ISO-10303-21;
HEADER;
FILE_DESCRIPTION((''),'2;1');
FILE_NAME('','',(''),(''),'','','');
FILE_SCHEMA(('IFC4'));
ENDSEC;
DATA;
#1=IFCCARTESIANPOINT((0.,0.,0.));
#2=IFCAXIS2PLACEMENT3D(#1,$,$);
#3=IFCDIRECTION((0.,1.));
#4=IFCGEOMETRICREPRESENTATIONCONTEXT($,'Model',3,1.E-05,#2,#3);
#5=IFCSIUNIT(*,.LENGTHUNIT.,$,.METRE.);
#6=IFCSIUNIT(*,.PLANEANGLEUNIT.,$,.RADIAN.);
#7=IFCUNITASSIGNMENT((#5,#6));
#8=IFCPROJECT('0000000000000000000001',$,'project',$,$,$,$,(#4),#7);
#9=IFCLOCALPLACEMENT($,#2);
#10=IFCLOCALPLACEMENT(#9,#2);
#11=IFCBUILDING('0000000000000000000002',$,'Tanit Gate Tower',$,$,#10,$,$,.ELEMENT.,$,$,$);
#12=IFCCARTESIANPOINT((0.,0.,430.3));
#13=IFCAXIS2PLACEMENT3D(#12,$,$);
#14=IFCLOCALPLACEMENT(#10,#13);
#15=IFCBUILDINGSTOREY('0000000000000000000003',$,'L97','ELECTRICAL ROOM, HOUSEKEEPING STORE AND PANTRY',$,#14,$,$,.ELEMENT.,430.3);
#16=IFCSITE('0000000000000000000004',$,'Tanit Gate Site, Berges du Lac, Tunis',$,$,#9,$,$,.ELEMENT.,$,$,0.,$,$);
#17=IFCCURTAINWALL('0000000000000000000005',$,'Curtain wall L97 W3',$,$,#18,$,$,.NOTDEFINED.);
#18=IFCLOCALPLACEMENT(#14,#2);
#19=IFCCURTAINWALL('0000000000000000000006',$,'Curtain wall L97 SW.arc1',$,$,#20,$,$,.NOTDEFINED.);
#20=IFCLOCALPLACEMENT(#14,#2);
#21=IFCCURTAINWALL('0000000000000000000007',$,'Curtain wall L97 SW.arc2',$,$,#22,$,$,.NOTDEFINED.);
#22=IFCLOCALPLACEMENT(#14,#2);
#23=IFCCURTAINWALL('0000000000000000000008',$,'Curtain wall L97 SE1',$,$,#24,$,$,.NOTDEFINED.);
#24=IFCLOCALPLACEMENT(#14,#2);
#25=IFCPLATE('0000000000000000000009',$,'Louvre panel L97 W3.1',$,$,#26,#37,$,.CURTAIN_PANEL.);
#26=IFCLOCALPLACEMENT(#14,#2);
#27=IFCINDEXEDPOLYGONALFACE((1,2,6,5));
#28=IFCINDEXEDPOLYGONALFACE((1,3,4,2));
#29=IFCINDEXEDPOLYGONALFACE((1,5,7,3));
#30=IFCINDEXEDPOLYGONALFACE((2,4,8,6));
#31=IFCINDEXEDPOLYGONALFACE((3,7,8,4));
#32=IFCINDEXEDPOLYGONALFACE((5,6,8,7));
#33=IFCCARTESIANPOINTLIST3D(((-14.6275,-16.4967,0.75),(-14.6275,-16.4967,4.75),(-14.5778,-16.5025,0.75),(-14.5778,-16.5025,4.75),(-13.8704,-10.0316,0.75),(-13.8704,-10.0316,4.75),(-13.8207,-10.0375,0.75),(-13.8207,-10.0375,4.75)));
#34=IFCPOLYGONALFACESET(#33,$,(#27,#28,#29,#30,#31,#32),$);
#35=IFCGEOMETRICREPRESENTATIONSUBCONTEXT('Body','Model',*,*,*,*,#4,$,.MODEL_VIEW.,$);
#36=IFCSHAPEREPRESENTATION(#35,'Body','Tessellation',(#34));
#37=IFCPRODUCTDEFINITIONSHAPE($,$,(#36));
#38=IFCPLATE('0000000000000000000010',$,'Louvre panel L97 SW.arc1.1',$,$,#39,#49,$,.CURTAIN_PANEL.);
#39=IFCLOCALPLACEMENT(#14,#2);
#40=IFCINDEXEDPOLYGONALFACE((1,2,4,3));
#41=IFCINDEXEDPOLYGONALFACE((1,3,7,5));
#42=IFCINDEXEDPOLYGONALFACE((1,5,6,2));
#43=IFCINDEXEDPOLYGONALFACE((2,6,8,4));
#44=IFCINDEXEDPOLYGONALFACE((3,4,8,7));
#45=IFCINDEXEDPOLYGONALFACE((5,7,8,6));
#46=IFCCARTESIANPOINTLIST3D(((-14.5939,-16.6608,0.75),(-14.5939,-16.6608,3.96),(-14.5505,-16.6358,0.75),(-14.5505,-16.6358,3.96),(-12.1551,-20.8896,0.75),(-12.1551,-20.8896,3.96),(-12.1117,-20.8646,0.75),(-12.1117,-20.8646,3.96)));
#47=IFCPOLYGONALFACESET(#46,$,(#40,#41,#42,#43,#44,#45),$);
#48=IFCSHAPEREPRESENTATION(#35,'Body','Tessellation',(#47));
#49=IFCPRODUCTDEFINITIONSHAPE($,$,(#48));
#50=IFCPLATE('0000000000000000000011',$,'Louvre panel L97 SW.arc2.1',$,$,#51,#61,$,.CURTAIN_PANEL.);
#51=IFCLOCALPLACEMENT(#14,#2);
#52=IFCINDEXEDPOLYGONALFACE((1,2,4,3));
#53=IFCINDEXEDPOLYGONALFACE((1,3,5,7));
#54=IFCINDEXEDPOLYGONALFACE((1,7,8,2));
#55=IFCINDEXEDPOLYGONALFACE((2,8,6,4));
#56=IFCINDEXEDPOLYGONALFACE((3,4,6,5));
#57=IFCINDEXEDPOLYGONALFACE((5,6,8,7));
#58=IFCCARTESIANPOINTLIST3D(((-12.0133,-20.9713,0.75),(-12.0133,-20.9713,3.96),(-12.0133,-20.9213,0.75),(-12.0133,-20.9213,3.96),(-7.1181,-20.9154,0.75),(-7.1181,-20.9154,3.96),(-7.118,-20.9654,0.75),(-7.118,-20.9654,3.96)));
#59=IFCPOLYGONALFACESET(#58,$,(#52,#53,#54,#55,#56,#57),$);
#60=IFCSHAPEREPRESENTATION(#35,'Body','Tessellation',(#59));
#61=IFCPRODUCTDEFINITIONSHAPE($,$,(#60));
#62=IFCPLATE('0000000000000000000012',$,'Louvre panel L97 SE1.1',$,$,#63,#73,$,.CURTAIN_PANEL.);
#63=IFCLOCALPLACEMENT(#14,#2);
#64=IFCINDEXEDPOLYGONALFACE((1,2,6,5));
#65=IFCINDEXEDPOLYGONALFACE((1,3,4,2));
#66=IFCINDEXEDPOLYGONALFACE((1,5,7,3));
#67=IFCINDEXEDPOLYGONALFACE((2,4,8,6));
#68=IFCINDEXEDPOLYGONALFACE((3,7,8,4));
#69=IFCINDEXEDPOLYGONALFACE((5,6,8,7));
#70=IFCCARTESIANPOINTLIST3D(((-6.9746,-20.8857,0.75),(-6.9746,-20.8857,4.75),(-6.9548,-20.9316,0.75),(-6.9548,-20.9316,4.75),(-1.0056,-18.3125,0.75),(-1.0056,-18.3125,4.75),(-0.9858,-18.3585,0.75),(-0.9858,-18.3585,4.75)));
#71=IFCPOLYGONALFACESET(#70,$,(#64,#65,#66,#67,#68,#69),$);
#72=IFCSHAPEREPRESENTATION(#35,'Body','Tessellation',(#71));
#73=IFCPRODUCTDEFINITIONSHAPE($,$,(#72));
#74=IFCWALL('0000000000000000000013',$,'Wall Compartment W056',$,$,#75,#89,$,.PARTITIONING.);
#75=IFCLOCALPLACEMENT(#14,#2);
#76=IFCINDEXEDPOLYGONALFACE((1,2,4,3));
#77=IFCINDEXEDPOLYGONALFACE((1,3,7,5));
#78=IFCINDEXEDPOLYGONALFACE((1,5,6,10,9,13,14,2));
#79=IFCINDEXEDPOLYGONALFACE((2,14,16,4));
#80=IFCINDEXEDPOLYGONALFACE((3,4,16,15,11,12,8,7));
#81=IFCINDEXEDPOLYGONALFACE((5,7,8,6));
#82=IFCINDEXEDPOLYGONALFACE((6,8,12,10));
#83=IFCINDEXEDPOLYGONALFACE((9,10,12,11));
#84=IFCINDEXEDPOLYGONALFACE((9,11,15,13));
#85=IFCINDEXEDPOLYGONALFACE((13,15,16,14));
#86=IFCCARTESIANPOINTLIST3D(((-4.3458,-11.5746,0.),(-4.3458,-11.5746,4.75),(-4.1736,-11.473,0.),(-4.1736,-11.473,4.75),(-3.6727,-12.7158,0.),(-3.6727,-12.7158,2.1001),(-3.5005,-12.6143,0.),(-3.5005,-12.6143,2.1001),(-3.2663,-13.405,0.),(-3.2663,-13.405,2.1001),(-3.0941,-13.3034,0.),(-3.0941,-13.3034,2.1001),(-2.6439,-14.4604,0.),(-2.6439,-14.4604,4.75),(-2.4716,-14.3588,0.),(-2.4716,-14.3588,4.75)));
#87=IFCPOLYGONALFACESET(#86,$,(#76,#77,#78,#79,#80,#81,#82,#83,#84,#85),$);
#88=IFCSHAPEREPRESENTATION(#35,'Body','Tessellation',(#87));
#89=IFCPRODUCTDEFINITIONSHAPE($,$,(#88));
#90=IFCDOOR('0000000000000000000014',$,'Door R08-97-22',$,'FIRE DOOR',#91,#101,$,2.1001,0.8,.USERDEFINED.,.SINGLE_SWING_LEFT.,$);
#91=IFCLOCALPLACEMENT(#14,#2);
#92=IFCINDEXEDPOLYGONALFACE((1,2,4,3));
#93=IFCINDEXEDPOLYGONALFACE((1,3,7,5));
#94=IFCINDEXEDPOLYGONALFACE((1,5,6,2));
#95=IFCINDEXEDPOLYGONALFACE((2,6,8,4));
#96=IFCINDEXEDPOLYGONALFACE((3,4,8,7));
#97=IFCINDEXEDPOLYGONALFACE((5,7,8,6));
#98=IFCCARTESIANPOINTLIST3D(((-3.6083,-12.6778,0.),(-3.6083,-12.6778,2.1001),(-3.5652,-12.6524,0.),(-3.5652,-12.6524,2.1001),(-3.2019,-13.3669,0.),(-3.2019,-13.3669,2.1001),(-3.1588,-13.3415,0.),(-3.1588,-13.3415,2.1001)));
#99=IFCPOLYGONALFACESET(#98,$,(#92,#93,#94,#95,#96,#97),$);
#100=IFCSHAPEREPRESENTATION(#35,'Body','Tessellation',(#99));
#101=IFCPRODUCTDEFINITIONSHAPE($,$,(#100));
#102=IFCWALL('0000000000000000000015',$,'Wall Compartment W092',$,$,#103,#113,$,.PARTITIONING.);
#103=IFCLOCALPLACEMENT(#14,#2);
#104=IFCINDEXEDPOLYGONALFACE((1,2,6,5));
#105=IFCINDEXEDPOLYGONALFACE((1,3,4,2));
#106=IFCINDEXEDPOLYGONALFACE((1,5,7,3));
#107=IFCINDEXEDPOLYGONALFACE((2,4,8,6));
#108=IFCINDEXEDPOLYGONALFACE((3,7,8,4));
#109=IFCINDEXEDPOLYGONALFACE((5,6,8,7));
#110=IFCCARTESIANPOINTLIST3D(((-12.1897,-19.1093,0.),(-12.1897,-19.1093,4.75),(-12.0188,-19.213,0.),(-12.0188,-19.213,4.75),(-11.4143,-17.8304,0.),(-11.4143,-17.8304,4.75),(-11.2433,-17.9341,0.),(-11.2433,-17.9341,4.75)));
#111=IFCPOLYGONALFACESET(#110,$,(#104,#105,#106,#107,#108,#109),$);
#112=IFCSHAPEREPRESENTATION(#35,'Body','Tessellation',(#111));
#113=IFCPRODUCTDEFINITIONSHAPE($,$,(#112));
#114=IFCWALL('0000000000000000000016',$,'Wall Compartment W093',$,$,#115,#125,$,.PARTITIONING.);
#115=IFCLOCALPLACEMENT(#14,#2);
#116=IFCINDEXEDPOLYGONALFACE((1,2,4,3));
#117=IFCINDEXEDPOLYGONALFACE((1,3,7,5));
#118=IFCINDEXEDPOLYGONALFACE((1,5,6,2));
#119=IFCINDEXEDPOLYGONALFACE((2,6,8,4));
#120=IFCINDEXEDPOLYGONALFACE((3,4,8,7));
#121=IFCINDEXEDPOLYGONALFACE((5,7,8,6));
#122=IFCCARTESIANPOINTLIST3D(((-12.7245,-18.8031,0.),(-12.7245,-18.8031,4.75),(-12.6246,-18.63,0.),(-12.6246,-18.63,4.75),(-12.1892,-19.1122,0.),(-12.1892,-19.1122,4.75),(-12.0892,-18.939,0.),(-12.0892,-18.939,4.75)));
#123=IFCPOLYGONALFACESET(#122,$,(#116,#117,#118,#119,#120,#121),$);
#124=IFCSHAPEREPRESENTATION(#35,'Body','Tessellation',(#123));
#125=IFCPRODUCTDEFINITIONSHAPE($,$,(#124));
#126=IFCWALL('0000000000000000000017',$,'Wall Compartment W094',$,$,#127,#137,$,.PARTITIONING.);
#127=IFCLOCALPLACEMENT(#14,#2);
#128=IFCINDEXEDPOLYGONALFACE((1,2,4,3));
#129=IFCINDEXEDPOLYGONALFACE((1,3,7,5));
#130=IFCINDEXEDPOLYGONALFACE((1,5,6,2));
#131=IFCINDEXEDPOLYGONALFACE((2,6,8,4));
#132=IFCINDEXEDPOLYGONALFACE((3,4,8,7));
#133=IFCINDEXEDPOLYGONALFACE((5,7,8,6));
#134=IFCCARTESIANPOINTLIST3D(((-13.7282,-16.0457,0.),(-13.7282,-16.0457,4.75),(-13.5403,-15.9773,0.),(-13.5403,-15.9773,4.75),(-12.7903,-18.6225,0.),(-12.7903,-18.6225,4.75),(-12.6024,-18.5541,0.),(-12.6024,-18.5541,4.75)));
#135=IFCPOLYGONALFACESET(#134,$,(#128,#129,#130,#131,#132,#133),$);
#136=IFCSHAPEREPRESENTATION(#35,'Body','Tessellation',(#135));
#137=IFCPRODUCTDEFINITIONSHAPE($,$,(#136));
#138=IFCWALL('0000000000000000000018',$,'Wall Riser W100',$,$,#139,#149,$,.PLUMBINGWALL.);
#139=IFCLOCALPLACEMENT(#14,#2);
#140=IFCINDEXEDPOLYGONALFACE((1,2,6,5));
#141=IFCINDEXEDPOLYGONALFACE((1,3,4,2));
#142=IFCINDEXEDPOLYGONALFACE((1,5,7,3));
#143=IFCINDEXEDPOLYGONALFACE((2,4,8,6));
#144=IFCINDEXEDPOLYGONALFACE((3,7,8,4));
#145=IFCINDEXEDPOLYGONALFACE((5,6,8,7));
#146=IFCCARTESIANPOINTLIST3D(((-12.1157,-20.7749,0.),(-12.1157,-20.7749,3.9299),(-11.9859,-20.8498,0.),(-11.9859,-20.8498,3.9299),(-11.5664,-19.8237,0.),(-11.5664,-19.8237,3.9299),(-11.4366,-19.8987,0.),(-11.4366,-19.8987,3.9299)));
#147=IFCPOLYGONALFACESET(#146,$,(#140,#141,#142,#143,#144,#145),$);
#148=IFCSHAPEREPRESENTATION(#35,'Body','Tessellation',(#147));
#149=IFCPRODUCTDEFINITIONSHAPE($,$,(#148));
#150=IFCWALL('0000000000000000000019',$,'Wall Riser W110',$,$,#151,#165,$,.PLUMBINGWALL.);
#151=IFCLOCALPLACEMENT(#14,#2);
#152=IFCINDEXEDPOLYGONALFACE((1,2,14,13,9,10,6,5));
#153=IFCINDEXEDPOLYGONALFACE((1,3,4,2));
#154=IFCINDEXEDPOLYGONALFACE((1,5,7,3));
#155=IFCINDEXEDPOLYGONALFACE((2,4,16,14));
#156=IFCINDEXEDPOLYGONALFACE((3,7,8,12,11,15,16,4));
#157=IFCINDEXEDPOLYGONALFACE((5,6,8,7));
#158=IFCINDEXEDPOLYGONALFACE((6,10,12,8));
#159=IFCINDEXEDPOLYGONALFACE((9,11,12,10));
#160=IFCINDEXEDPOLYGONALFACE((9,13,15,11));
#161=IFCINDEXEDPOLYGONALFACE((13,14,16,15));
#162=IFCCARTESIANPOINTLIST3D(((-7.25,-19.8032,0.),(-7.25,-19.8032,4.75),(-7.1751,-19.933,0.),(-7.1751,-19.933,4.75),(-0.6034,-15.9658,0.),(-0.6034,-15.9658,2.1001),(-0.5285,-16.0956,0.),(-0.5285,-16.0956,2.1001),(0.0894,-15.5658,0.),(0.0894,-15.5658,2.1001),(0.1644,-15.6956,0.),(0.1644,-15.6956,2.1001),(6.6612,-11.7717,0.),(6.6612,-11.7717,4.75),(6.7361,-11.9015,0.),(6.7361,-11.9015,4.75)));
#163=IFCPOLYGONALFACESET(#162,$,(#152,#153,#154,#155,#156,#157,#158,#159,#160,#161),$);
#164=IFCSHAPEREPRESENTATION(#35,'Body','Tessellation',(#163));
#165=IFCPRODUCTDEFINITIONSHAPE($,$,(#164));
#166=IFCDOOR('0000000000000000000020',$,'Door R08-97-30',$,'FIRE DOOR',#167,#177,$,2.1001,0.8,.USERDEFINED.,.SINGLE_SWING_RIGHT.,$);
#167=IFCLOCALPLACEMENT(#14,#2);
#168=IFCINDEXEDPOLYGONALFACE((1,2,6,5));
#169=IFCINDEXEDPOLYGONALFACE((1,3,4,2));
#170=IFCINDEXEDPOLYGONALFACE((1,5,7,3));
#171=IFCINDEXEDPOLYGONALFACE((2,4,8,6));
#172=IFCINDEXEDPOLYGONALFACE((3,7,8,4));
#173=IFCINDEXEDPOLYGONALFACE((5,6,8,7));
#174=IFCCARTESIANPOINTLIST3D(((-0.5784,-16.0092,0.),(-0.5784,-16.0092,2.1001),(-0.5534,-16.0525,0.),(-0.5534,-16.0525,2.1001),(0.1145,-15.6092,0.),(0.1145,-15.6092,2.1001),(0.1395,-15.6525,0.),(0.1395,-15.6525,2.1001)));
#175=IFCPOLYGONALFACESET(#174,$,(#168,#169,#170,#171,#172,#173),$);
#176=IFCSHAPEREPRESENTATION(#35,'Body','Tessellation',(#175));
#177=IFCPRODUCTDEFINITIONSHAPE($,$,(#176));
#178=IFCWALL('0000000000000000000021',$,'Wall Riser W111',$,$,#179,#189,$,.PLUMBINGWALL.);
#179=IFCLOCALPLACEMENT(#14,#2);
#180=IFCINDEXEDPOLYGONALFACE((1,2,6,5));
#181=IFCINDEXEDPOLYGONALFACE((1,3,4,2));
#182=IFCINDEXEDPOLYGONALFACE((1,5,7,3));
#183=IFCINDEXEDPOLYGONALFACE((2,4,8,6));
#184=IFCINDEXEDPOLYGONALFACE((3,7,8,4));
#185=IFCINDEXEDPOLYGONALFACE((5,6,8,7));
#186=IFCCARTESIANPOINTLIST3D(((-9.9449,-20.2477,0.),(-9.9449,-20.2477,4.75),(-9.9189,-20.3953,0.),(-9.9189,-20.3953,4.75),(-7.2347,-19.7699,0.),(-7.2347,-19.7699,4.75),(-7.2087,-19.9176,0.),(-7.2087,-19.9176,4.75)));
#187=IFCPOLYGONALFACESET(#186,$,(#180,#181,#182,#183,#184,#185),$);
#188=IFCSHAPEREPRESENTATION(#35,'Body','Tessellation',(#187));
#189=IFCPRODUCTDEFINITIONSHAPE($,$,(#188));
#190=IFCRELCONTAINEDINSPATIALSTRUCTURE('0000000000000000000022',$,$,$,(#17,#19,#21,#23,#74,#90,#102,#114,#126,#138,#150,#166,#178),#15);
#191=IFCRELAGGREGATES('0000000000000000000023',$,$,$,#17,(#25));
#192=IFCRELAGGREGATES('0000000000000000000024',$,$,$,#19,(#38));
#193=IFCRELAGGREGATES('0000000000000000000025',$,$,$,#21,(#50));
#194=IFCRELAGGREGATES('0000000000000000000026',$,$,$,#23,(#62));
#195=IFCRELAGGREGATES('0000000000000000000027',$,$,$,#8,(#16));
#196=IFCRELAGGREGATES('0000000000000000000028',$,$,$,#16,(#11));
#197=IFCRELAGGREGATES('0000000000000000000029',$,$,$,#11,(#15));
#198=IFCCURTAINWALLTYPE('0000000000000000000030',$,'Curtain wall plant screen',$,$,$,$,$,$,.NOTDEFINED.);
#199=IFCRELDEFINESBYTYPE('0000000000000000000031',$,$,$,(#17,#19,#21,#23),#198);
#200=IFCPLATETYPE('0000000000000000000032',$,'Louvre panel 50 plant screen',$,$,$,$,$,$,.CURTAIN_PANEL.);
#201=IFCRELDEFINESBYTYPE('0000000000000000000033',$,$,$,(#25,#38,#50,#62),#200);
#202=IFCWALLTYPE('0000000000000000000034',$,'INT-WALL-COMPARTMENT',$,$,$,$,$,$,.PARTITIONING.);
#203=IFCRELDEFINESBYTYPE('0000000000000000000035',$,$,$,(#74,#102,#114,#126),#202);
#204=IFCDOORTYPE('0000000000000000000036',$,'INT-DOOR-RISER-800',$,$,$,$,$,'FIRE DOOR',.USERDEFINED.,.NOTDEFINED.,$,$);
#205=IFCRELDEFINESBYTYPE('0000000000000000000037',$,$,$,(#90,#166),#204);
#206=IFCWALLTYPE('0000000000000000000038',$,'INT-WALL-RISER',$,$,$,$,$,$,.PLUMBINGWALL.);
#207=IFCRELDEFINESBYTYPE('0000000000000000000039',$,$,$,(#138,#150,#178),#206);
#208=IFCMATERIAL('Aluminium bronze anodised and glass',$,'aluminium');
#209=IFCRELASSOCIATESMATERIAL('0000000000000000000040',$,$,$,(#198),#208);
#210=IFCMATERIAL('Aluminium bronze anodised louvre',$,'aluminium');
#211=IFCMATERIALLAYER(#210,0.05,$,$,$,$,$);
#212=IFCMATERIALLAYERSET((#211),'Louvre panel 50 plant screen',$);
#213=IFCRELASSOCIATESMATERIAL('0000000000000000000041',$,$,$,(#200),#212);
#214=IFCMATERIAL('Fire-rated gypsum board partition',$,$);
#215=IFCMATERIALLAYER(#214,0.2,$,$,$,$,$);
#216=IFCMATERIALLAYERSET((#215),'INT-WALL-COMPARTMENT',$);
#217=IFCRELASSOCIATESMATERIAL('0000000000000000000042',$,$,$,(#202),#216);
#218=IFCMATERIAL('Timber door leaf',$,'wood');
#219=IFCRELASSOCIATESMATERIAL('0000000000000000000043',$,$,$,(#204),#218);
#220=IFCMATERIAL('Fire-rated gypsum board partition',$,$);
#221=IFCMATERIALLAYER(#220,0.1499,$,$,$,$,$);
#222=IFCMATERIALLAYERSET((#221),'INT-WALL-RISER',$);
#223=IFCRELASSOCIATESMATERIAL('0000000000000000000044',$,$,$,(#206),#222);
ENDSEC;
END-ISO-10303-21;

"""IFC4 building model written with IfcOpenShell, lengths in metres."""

from ifc_helpers import new_model, si_unit, direction, frame, frame_2d, origin, origin_2d, place, context, subcontext, project, spatial, rectangle, extrude, material, layer, layer_set, type_object, element, fill, aggregate, save


model = new_model("IFC4")

# Units and contexts
model_context = context("Model", 3, precision=1e-05, world=origin(), true_north=direction((0.0, 1.0)))
body_context = subcontext(model_context, "Body", "Model", "MODEL_VIEW")
ifc_project = project(units=[si_unit("LENGTHUNIT", "METRE"), si_unit("PLANEANGLEUNIT", "RADIAN")], contexts=[model_context])

# Site, building, storey
site_placement = place(None, origin())
site = spatial("IfcSite", under=ifc_project, at=site_placement, Name="Tanit Gate Site, Berges du Lac, Tunis", CompositionType="ELEMENT", RefElevation=0.0)
building_placement = place(site_placement, origin())
building = spatial("IfcBuilding", under=site, at=building_placement, Name="Tanit Gate Tower", CompositionType="ELEMENT")
storey_placement = place(building_placement, frame((0.0, 0.0, 430.3)))
storey = spatial("IfcBuildingStorey", under=building, at=storey_placement, Name="L97", Description="ELECTRICAL ROOM, HOUSEKEEPING STORE AND PANTRY", CompositionType="ELEMENT", Elevation=430.3)

# Curtain wall
ifc_material_1 = material(Name="Aluminium bronze anodised and glass", Category="aluminium")
curtain_wall_type = type_object("IfcCurtainWallType", Name="Curtain wall plant screen", PredefinedType="NOTDEFINED", material=ifc_material_1)
curtain_wall_1_placement = place(storey_placement, origin())
curtain_wall_1 = element("IfcCurtainWall", 1, at=curtain_wall_1_placement, inside=storey, type_object=curtain_wall_type, Name="Curtain wall L97 W3", PredefinedType="NOTDEFINED")

# Curtain walls
curtain_wall_2_placement = place(storey_placement, origin())
curtain_wall_2 = element("IfcCurtainWall", 2, at=curtain_wall_2_placement, inside=storey, type_object=curtain_wall_type, Name="Curtain wall L97 SW.arc1", PredefinedType="NOTDEFINED")
curtain_wall_3_placement = place(storey_placement, origin())
curtain_wall_3 = element("IfcCurtainWall", 3, at=curtain_wall_3_placement, inside=storey, type_object=curtain_wall_type, Name="Curtain wall L97 SW.arc2", PredefinedType="NOTDEFINED")

# Curtain wall
curtain_wall_4_placement = place(storey_placement, origin())
curtain_wall_4 = element("IfcCurtainWall", 4, at=curtain_wall_4_placement, inside=storey, type_object=curtain_wall_type, Name="Curtain wall L97 SE1", PredefinedType="NOTDEFINED")

# Plates
ifc_material_2 = material(Name="Aluminium bronze anodised louvre", Category="aluminium")
ifc_layer_1 = layer(ifc_material_2, 0.05)
ifc_layer_set_1 = layer_set([ifc_layer_1], Name="Louvre panel 50 plant screen")
plate_type = type_object("IfcPlateType", Name="Louvre panel 50 plant screen", PredefinedType="CURTAIN_PANEL", material=ifc_layer_set_1)
plate_1_placement = place(storey_placement, frame((-14.2241, -13.2671, 0.75), z_axis=(0.0, 0.0, 1.0), x_axis=(-0.116318, -0.993212, 0.0)))
plate_1 = element("IfcPlate", 5, at=plate_1_placement, type_object=plate_type, Name="Louvre panel L97 W3.1", PredefinedType="CURTAIN_PANEL", context=body_context, shape_type="SweptSolid", body=[
    extrude(rectangle(XDim=6.5093, YDim=0.05, at=origin_2d()), origin(), (0.0, 0.0, 1.0), 4.0),
])
aggregate(curtain_wall_1, [plate_1])
plate_2_placement = place(storey_placement, frame((-13.3528, -18.7627, 0.75), z_axis=(0.0, 0.0, 1.0), x_axis=(0.499592, -0.866261, 0.0)))
plate_2 = element("IfcPlate", 6, at=plate_2_placement, type_object=plate_type, Name="Louvre panel L97 SW.arc1.1", PredefinedType="CURTAIN_PANEL", context=body_context, shape_type="SweptSolid", body=[
    extrude(rectangle(XDim=4.8816, YDim=0.05, at=origin_2d()), origin(), (0.0, 0.0, 1.0), 3.21),
])
aggregate(curtain_wall_2, [plate_2])
plate_3_placement = place(storey_placement, frame((-9.5657, -20.9434, 0.75), z_axis=(0.0, 0.0, 1.0), x_axis=(0.999999, 0.001199, 0.0)))
plate_3 = element("IfcPlate", 7, at=plate_3_placement, type_object=plate_type, Name="Louvre panel L97 SW.arc2.1", PredefinedType="CURTAIN_PANEL", context=body_context, shape_type="SweptSolid", body=[
    extrude(rectangle(XDim=4.8953, YDim=0.05, at=origin_2d()), origin(), (0.0, 0.0, 1.0), 3.21),
])
aggregate(curtain_wall_3, [plate_3])
plate_4_placement = place(storey_placement, frame((-3.9802, -19.6221, 0.75), z_axis=(0.0, 0.0, 1.0), x_axis=(0.918306, 0.395871, 0.0)))
plate_4 = element("IfcPlate", 8, at=plate_4_placement, type_object=plate_type, Name="Louvre panel L97 SE1.1", PredefinedType="CURTAIN_PANEL", context=body_context, shape_type="SweptSolid", body=[
    extrude(rectangle(XDim=6.5, YDim=0.05, at=origin_2d()), origin(), (0.0, 0.0, 1.0), 4.0),
])
aggregate(curtain_wall_4, [plate_4])

# Wall, opening, door
ifc_material_3 = material(Name="Fire-rated gypsum board partition")
ifc_layer_2 = layer(ifc_material_3, 0.2)
ifc_layer_set_2 = layer_set([ifc_layer_2], Name="INT-WALL-COMPARTMENT")
wall_type_1 = type_object("IfcWallType", Name="INT-WALL-COMPARTMENT", PredefinedType="PARTITIONING", material=ifc_layer_set_2)
wall_1_placement = place(storey_placement, frame((-4.2598, -11.5237, 0.0), z_axis=(0.0, 0.0, 1.0), x_axis=(0.507997, -0.861359, 0.0)))
wall_1 = element("IfcWall", 9, at=wall_1_placement, inside=storey, type_object=wall_type_1, Name="Wall Compartment W056", PredefinedType="PARTITIONING", context=body_context, shape_type="SweptSolid", body=[
    extrude(rectangle(XDim=3.3503, YDim=0.2, at=frame_2d((1.6753, 0.0))), origin(), (0.0, 0.0, 1.0), 4.75),
])
opening_1_placement = place(wall_1_placement, frame((1.3252, 0.0, 0.0)))
opening_1 = element("IfcOpeningElement", 10, at=opening_1_placement, cuts=wall_1, PredefinedType="OPENING", context=body_context, shape_type="SweptSolid", body=[
    extrude(rectangle(XDim=0.8, YDim=2.1001, at=frame_2d((0.3999, 1.05))), frame((0.0, 0.1099, 0.0), z_axis=(0.0, -1.0, 0.0), x_axis=(1.0, 0.0, 0.0)), (0.0, 0.0, 1.0), 0.22),
])
ifc_material_4 = material(Name="Timber door leaf", Category="wood")
door_type_1 = type_object("IfcDoorType", Name="INT-DOOR-RISER-800", ElementType="FIRE DOOR", OperationType="NOTDEFINED", PredefinedType="USERDEFINED", material=ifc_material_4)
door_1_placement = place(opening_1_placement, origin())
door_1 = element("IfcDoor", 11, at=door_1_placement, inside=storey, type_object=door_type_1, Name="Door R08-97-22", ObjectType="FIRE DOOR", OperationType="SINGLE_SWING_LEFT", OverallHeight=2.1001, OverallWidth=0.8, PredefinedType="USERDEFINED", context=body_context, shape_type="SweptSolid", body=[
    extrude(rectangle(XDim=0.8, YDim=2.1001, at=frame_2d((0.3999, 1.05))), frame((0.0, 0.0249, 0.0), z_axis=(0.0, -1.0, 0.0), x_axis=(1.0, 0.0, 0.0)), (0.0, 0.0, 1.0), 0.05),
])
fill(opening_1, door_1)

# Walls
wall_2_placement = place(storey_placement, frame((-12.1042, -19.1611, 0.0), z_axis=(0.0, 0.0, 1.0), x_axis=(0.518475, 0.855093, 0.0)))
element("IfcWall", 12, at=wall_2_placement, inside=storey, type_object=wall_type_1, Name="Wall Compartment W092", PredefinedType="PARTITIONING", context=body_context, shape_type="SweptSolid", body=[
    extrude(rectangle(XDim=1.4956, YDim=0.2, at=frame_2d((0.7478, 0.0))), origin(), (0.0, 0.0, 1.0), 4.75),
])
wall_3_placement = place(storey_placement, frame((-12.6746, -18.7166, 0.0), z_axis=(0.0, 0.0, 1.0), x_axis=(0.866047, -0.499962, 0.0)))
element("IfcWall", 13, at=wall_3_placement, inside=storey, type_object=wall_type_1, Name="Wall Compartment W093", PredefinedType="PARTITIONING", context=body_context, shape_type="SweptSolid", body=[
    extrude(rectangle(XDim=0.6182, YDim=0.2, at=frame_2d((0.3091, 0.0))), origin(), (0.0, 0.0, 1.0), 4.75),
])
wall_4_placement = place(storey_placement, frame((-13.6343, -16.0115, 0.0), z_axis=(0.0, 0.0, 1.0), x_axis=(0.342043, -0.939684, 0.0)))
element("IfcWall", 14, at=wall_4_placement, inside=storey, type_object=wall_type_1, Name="Wall Compartment W094", PredefinedType="PARTITIONING", context=body_context, shape_type="SweptSolid", body=[
    extrude(rectangle(XDim=2.7422, YDim=0.2, at=frame_2d((1.3711, 0.0))), origin(), (0.0, 0.0, 1.0), 4.75),
])
ifc_material_5 = material(Name="Fire-rated gypsum board partition")
ifc_layer_3 = layer(ifc_material_5, 0.1499)
ifc_layer_set_3 = layer_set([ifc_layer_3], Name="INT-WALL-RISER")
wall_type_2 = type_object("IfcWallType", Name="INT-WALL-RISER", PredefinedType="PLUMBINGWALL", material=ifc_layer_set_3)
wall_5_placement = place(storey_placement, frame((-11.5015, -19.8611, 0.0), z_axis=(0.0, 0.0, 1.0), x_axis=(-0.500107, -0.865963, 0.0)))
element("IfcWall", 15, at=wall_5_placement, inside=storey, type_object=wall_type_2, Name="Wall Riser W100", PredefinedType="PLUMBINGWALL", context=body_context, shape_type="SweptSolid", body=[
    extrude(rectangle(XDim=1.0984, YDim=0.1499, at=frame_2d((0.5493, 0.0))), origin(), (0.0, 0.0, 1.0), 3.9299),
])

# Wall, opening, door
wall_6_placement = place(storey_placement, frame((-7.2126, -19.8682, 0.0), z_axis=(0.0, 0.0, 1.0), x_axis=(0.866028, 0.499995, 0.0)))
wall_6 = element("IfcWall", 16, at=wall_6_placement, inside=storey, type_object=wall_type_2, Name="Wall Riser W110", PredefinedType="PLUMBINGWALL", context=body_context, shape_type="SweptSolid", body=[
    extrude(rectangle(XDim=16.0632, YDim=0.1499, at=frame_2d((8.0317, 0.0))), origin(), (0.0, 0.0, 1.0), 4.75),
])
opening_2_placement = place(wall_6_placement, frame((7.675, 0.0, 0.0)))
opening_2 = element("IfcOpeningElement", 17, at=opening_2_placement, cuts=wall_6, PredefinedType="OPENING", context=body_context, shape_type="SweptSolid", body=[
    extrude(rectangle(XDim=0.8, YDim=2.1001, at=frame_2d((0.3999, 1.05))), frame((0.0, 0.085, 0.0), z_axis=(0.0, -1.0, 0.0), x_axis=(1.0, 0.0, 0.0)), (0.0, 0.0, 1.0), 0.1699),
])
door_2_placement = place(opening_2_placement, origin())
door_2 = element("IfcDoor", 18, at=door_2_placement, inside=storey, type_object=door_type_1, Name="Door R08-97-30", ObjectType="FIRE DOOR", OperationType="SINGLE_SWING_RIGHT", OverallHeight=2.1001, OverallWidth=0.8, PredefinedType="USERDEFINED", context=body_context, shape_type="SweptSolid", body=[
    extrude(rectangle(XDim=0.8, YDim=2.1001, at=frame_2d((0.3999, 1.05))), frame((0.0, 0.0249, 0.0), z_axis=(0.0, -1.0, 0.0), x_axis=(1.0, 0.0, 0.0)), (0.0, 0.0, 1.0), 0.05),
])
fill(opening_2, door_2)

# Wall
wall_7_placement = place(storey_placement, frame((-9.9319, -20.3215, 0.0), z_axis=(0.0, 0.0, 1.0), x_axis=(0.984814, 0.173613, 0.0)))
element("IfcWall", 19, at=wall_7_placement, inside=storey, type_object=wall_type_2, Name="Wall Riser W111", PredefinedType="PLUMBINGWALL", context=body_context, shape_type="SweptSolid", body=[
    extrude(rectangle(XDim=2.752, YDim=0.1499, at=frame_2d((1.376, 0.0))), origin(), (0.0, 0.0, 1.0), 4.75),
])

save(model, "model.ifc")
